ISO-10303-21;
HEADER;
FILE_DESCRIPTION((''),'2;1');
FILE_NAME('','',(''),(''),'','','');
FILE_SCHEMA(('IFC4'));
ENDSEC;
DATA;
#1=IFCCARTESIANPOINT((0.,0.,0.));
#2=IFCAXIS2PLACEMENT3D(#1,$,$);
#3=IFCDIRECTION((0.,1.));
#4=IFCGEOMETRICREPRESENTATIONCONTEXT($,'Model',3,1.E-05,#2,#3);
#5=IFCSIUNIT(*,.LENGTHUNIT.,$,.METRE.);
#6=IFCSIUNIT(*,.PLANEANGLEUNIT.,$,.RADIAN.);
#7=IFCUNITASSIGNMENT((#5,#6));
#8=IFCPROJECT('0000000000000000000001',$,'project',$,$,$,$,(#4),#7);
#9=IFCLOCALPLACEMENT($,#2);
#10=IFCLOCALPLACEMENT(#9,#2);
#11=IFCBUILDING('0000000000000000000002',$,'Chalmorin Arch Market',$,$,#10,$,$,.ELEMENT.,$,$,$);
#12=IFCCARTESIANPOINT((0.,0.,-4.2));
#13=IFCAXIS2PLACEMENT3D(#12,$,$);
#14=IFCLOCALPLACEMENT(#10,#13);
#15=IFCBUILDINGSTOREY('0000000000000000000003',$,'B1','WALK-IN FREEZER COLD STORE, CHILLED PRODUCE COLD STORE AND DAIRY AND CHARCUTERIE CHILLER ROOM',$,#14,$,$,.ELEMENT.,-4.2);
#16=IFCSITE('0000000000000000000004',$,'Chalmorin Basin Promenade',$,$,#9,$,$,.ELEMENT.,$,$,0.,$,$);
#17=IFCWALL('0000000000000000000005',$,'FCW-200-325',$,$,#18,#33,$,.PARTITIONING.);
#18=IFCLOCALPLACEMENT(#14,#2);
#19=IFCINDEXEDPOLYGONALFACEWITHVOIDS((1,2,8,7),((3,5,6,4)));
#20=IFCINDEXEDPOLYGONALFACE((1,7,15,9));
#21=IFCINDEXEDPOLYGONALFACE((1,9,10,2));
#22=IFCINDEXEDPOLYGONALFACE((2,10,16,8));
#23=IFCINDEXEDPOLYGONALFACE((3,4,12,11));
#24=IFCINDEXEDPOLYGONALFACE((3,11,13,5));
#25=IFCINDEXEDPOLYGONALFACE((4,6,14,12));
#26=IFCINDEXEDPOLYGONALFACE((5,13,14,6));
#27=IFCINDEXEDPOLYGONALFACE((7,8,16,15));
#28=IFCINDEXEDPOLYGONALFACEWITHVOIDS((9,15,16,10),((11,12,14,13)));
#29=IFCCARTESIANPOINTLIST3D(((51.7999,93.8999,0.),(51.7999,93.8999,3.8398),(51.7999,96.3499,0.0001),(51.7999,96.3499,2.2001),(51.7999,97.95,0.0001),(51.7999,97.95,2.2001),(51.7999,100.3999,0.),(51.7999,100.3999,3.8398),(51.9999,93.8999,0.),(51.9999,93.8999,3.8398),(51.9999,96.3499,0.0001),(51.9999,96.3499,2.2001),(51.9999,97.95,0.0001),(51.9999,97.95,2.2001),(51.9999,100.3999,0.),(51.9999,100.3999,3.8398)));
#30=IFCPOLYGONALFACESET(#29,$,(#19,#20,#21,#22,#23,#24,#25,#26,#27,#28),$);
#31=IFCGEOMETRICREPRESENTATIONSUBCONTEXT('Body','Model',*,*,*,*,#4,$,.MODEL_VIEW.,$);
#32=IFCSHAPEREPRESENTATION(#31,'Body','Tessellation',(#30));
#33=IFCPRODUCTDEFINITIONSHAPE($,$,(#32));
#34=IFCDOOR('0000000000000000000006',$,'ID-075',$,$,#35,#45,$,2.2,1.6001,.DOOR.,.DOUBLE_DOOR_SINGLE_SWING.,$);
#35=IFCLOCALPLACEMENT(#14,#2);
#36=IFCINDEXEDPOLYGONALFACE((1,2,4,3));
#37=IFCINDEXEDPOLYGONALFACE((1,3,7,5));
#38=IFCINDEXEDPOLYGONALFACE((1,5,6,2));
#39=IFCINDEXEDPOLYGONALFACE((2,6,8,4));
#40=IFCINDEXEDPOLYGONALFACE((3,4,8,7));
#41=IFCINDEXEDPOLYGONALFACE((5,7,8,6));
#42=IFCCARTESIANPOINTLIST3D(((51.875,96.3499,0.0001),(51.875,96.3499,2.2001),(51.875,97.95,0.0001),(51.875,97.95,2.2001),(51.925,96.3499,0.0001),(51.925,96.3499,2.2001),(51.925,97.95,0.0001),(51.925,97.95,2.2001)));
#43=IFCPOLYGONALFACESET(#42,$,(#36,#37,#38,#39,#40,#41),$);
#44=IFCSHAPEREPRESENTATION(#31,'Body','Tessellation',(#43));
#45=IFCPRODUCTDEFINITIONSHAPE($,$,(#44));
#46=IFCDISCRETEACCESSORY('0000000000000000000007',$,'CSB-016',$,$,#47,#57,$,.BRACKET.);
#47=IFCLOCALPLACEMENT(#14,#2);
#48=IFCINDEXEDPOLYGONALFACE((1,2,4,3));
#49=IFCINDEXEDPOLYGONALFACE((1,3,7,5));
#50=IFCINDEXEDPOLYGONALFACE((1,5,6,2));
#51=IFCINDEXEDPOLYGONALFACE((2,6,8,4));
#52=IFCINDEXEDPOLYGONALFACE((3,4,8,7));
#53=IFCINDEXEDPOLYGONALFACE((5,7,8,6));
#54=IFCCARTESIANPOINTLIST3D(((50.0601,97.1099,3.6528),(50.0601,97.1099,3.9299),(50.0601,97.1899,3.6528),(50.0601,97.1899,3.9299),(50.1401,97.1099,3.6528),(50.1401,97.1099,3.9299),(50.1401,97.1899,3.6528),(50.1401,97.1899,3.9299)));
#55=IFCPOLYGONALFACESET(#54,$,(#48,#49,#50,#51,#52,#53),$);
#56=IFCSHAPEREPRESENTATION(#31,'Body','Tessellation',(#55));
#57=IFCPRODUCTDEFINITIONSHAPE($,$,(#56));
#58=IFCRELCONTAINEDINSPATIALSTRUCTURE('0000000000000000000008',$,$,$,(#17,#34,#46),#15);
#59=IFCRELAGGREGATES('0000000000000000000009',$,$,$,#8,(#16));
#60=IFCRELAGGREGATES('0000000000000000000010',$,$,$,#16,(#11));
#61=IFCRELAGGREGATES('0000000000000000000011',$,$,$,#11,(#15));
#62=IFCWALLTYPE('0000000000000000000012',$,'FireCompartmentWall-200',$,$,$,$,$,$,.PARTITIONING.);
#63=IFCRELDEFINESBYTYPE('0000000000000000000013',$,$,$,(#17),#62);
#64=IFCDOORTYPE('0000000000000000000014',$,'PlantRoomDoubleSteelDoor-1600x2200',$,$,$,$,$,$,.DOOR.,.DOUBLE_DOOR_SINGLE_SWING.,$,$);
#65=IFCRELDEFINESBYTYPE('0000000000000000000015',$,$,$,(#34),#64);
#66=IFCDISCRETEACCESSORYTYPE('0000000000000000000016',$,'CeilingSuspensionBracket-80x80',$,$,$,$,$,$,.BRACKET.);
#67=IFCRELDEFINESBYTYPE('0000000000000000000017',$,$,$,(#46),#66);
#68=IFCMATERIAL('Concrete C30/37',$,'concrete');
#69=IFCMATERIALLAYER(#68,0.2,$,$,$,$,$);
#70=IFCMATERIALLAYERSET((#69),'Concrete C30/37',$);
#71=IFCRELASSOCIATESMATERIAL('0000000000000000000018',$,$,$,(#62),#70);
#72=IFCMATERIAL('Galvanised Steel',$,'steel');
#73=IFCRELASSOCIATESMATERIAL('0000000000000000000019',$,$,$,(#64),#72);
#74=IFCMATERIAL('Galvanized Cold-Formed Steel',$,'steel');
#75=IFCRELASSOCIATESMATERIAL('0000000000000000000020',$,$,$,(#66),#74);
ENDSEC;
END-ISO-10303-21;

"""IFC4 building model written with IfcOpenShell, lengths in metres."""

from ifc_helpers import new_model, si_unit, direction, frame, frame_2d, origin, origin_2d, place, context, subcontext, project, spatial, rectangle, extrude, material, layer, layer_set, type_object, element, fill, save


model = new_model("IFC4")

# Units and contexts
model_context = context("Model", 3, precision=1e-05, world=origin(), true_north=direction((0.0, 1.0)))
body_context = subcontext(model_context, "Body", "Model", "MODEL_VIEW")
ifc_project = project(units=[si_unit("LENGTHUNIT", "METRE"), si_unit("PLANEANGLEUNIT", "RADIAN")], contexts=[model_context])

# Site, building, storey
site_placement = place(None, origin())
site = spatial("IfcSite", under=ifc_project, at=site_placement, Name="Chalmorin Basin Promenade", CompositionType="ELEMENT", RefElevation=0.0)
building_placement = place(site_placement, origin())
building = spatial("IfcBuilding", under=site, at=building_placement, Name="Chalmorin Arch Market", CompositionType="ELEMENT")
storey_placement = place(building_placement, frame((0.0, 0.0, -4.2)))
storey = spatial("IfcBuildingStorey", under=building, at=storey_placement, Name="B1", Description="WALK-IN FREEZER COLD STORE, CHILLED PRODUCE COLD STORE AND DAIRY AND CHARCUTERIE CHILLER ROOM", CompositionType="ELEMENT", Elevation=-4.2)

# Wall, opening, door
ifc_material_1 = material(Name="Galvanised Steel", Category="steel")
ifc_material_2 = material(Name="Concrete C30/37", Category="concrete")
ifc_layer_1 = layer(ifc_material_2, 0.2)
ifc_layer_set_1 = layer_set([ifc_layer_1], Name="Concrete C30/37")
wall_type_1 = type_object("IfcWallType", Name="FireCompartmentWall-200", PredefinedType="PARTITIONING", material=ifc_layer_set_1)
wall_1_placement = place(storey_placement, frame((51.8999, 93.8999, 0.0), z_axis=(0.0, 0.0, 1.0), x_axis=(0.0, 1.0, 0.0)))
wall_1 = element("IfcWall", 1, at=wall_1_placement, inside=storey, type_object=wall_type_1, Name="FCW-200-325", PredefinedType="PARTITIONING", context=body_context, shape_type="SweptSolid", body=[
    extrude(rectangle(XDim=6.5, YDim=0.2, at=frame_2d((3.25, 0.0))), origin(), (0.0, 0.0, 1.0), 3.8398),
])
opening_1_placement = place(wall_1_placement, frame((2.45, 0.0, 0.0)))
opening_1 = element("IfcOpeningElement", 2, at=opening_1_placement, cuts=wall_1, PredefinedType="OPENING", context=body_context, shape_type="SweptSolid", body=[
    extrude(rectangle(XDim=1.6001, YDim=2.2, at=frame_2d((0.8, 1.1001))), frame((0.0, 0.1099, 0.0), z_axis=(0.0, -1.0, 0.0), x_axis=(1.0, 0.0, 0.0)), (0.0, 0.0, 1.0), 0.22),
])
door_type_1 = type_object("IfcDoorType", Name="PlantRoomDoubleSteelDoor-1600x2200", OperationType="DOUBLE_DOOR_SINGLE_SWING", PredefinedType="DOOR", material=ifc_material_1)
door_1_placement = place(opening_1_placement, origin())
door_1 = element("IfcDoor", 3, at=door_1_placement, inside=storey, type_object=door_type_1, Name="ID-075", OperationType="DOUBLE_DOOR_SINGLE_SWING", OverallHeight=2.2, OverallWidth=1.6001, PredefinedType="DOOR", context=body_context, shape_type="SweptSolid", body=[
    extrude(rectangle(XDim=1.6001, YDim=2.2, at=frame_2d((0.8, 1.1001))), frame((0.0, 0.0249, 0.0), z_axis=(0.0, -1.0, 0.0), x_axis=(1.0, 0.0, 0.0)), (0.0, 0.0, 1.0), 0.05),
])
fill(opening_1, door_1)

# Discrete accessory
ifc_material_3 = material(Name="Galvanized Cold-Formed Steel", Category="steel")
discrete_accessory_type = type_object("IfcDiscreteAccessoryType", Name="CeilingSuspensionBracket-80x80", PredefinedType="BRACKET", material=ifc_material_3)
discrete_accessory_placement = place(storey_placement, frame((50.1001, 97.1499, 3.6528), z_axis=(0.0, 0.0, 1.0), x_axis=(1.0, 0.0, 0.0)))
element("IfcDiscreteAccessory", 4, at=discrete_accessory_placement, inside=storey, type_object=discrete_accessory_type, Name="CSB-016", PredefinedType="BRACKET", context=body_context, shape_type="SweptSolid", body=[
    extrude(rectangle(XDim=0.0801, YDim=0.0801, at=origin_2d()), origin(), (0.0, 0.0, 1.0), 0.2771),
])

save(model, "model.ifc")
